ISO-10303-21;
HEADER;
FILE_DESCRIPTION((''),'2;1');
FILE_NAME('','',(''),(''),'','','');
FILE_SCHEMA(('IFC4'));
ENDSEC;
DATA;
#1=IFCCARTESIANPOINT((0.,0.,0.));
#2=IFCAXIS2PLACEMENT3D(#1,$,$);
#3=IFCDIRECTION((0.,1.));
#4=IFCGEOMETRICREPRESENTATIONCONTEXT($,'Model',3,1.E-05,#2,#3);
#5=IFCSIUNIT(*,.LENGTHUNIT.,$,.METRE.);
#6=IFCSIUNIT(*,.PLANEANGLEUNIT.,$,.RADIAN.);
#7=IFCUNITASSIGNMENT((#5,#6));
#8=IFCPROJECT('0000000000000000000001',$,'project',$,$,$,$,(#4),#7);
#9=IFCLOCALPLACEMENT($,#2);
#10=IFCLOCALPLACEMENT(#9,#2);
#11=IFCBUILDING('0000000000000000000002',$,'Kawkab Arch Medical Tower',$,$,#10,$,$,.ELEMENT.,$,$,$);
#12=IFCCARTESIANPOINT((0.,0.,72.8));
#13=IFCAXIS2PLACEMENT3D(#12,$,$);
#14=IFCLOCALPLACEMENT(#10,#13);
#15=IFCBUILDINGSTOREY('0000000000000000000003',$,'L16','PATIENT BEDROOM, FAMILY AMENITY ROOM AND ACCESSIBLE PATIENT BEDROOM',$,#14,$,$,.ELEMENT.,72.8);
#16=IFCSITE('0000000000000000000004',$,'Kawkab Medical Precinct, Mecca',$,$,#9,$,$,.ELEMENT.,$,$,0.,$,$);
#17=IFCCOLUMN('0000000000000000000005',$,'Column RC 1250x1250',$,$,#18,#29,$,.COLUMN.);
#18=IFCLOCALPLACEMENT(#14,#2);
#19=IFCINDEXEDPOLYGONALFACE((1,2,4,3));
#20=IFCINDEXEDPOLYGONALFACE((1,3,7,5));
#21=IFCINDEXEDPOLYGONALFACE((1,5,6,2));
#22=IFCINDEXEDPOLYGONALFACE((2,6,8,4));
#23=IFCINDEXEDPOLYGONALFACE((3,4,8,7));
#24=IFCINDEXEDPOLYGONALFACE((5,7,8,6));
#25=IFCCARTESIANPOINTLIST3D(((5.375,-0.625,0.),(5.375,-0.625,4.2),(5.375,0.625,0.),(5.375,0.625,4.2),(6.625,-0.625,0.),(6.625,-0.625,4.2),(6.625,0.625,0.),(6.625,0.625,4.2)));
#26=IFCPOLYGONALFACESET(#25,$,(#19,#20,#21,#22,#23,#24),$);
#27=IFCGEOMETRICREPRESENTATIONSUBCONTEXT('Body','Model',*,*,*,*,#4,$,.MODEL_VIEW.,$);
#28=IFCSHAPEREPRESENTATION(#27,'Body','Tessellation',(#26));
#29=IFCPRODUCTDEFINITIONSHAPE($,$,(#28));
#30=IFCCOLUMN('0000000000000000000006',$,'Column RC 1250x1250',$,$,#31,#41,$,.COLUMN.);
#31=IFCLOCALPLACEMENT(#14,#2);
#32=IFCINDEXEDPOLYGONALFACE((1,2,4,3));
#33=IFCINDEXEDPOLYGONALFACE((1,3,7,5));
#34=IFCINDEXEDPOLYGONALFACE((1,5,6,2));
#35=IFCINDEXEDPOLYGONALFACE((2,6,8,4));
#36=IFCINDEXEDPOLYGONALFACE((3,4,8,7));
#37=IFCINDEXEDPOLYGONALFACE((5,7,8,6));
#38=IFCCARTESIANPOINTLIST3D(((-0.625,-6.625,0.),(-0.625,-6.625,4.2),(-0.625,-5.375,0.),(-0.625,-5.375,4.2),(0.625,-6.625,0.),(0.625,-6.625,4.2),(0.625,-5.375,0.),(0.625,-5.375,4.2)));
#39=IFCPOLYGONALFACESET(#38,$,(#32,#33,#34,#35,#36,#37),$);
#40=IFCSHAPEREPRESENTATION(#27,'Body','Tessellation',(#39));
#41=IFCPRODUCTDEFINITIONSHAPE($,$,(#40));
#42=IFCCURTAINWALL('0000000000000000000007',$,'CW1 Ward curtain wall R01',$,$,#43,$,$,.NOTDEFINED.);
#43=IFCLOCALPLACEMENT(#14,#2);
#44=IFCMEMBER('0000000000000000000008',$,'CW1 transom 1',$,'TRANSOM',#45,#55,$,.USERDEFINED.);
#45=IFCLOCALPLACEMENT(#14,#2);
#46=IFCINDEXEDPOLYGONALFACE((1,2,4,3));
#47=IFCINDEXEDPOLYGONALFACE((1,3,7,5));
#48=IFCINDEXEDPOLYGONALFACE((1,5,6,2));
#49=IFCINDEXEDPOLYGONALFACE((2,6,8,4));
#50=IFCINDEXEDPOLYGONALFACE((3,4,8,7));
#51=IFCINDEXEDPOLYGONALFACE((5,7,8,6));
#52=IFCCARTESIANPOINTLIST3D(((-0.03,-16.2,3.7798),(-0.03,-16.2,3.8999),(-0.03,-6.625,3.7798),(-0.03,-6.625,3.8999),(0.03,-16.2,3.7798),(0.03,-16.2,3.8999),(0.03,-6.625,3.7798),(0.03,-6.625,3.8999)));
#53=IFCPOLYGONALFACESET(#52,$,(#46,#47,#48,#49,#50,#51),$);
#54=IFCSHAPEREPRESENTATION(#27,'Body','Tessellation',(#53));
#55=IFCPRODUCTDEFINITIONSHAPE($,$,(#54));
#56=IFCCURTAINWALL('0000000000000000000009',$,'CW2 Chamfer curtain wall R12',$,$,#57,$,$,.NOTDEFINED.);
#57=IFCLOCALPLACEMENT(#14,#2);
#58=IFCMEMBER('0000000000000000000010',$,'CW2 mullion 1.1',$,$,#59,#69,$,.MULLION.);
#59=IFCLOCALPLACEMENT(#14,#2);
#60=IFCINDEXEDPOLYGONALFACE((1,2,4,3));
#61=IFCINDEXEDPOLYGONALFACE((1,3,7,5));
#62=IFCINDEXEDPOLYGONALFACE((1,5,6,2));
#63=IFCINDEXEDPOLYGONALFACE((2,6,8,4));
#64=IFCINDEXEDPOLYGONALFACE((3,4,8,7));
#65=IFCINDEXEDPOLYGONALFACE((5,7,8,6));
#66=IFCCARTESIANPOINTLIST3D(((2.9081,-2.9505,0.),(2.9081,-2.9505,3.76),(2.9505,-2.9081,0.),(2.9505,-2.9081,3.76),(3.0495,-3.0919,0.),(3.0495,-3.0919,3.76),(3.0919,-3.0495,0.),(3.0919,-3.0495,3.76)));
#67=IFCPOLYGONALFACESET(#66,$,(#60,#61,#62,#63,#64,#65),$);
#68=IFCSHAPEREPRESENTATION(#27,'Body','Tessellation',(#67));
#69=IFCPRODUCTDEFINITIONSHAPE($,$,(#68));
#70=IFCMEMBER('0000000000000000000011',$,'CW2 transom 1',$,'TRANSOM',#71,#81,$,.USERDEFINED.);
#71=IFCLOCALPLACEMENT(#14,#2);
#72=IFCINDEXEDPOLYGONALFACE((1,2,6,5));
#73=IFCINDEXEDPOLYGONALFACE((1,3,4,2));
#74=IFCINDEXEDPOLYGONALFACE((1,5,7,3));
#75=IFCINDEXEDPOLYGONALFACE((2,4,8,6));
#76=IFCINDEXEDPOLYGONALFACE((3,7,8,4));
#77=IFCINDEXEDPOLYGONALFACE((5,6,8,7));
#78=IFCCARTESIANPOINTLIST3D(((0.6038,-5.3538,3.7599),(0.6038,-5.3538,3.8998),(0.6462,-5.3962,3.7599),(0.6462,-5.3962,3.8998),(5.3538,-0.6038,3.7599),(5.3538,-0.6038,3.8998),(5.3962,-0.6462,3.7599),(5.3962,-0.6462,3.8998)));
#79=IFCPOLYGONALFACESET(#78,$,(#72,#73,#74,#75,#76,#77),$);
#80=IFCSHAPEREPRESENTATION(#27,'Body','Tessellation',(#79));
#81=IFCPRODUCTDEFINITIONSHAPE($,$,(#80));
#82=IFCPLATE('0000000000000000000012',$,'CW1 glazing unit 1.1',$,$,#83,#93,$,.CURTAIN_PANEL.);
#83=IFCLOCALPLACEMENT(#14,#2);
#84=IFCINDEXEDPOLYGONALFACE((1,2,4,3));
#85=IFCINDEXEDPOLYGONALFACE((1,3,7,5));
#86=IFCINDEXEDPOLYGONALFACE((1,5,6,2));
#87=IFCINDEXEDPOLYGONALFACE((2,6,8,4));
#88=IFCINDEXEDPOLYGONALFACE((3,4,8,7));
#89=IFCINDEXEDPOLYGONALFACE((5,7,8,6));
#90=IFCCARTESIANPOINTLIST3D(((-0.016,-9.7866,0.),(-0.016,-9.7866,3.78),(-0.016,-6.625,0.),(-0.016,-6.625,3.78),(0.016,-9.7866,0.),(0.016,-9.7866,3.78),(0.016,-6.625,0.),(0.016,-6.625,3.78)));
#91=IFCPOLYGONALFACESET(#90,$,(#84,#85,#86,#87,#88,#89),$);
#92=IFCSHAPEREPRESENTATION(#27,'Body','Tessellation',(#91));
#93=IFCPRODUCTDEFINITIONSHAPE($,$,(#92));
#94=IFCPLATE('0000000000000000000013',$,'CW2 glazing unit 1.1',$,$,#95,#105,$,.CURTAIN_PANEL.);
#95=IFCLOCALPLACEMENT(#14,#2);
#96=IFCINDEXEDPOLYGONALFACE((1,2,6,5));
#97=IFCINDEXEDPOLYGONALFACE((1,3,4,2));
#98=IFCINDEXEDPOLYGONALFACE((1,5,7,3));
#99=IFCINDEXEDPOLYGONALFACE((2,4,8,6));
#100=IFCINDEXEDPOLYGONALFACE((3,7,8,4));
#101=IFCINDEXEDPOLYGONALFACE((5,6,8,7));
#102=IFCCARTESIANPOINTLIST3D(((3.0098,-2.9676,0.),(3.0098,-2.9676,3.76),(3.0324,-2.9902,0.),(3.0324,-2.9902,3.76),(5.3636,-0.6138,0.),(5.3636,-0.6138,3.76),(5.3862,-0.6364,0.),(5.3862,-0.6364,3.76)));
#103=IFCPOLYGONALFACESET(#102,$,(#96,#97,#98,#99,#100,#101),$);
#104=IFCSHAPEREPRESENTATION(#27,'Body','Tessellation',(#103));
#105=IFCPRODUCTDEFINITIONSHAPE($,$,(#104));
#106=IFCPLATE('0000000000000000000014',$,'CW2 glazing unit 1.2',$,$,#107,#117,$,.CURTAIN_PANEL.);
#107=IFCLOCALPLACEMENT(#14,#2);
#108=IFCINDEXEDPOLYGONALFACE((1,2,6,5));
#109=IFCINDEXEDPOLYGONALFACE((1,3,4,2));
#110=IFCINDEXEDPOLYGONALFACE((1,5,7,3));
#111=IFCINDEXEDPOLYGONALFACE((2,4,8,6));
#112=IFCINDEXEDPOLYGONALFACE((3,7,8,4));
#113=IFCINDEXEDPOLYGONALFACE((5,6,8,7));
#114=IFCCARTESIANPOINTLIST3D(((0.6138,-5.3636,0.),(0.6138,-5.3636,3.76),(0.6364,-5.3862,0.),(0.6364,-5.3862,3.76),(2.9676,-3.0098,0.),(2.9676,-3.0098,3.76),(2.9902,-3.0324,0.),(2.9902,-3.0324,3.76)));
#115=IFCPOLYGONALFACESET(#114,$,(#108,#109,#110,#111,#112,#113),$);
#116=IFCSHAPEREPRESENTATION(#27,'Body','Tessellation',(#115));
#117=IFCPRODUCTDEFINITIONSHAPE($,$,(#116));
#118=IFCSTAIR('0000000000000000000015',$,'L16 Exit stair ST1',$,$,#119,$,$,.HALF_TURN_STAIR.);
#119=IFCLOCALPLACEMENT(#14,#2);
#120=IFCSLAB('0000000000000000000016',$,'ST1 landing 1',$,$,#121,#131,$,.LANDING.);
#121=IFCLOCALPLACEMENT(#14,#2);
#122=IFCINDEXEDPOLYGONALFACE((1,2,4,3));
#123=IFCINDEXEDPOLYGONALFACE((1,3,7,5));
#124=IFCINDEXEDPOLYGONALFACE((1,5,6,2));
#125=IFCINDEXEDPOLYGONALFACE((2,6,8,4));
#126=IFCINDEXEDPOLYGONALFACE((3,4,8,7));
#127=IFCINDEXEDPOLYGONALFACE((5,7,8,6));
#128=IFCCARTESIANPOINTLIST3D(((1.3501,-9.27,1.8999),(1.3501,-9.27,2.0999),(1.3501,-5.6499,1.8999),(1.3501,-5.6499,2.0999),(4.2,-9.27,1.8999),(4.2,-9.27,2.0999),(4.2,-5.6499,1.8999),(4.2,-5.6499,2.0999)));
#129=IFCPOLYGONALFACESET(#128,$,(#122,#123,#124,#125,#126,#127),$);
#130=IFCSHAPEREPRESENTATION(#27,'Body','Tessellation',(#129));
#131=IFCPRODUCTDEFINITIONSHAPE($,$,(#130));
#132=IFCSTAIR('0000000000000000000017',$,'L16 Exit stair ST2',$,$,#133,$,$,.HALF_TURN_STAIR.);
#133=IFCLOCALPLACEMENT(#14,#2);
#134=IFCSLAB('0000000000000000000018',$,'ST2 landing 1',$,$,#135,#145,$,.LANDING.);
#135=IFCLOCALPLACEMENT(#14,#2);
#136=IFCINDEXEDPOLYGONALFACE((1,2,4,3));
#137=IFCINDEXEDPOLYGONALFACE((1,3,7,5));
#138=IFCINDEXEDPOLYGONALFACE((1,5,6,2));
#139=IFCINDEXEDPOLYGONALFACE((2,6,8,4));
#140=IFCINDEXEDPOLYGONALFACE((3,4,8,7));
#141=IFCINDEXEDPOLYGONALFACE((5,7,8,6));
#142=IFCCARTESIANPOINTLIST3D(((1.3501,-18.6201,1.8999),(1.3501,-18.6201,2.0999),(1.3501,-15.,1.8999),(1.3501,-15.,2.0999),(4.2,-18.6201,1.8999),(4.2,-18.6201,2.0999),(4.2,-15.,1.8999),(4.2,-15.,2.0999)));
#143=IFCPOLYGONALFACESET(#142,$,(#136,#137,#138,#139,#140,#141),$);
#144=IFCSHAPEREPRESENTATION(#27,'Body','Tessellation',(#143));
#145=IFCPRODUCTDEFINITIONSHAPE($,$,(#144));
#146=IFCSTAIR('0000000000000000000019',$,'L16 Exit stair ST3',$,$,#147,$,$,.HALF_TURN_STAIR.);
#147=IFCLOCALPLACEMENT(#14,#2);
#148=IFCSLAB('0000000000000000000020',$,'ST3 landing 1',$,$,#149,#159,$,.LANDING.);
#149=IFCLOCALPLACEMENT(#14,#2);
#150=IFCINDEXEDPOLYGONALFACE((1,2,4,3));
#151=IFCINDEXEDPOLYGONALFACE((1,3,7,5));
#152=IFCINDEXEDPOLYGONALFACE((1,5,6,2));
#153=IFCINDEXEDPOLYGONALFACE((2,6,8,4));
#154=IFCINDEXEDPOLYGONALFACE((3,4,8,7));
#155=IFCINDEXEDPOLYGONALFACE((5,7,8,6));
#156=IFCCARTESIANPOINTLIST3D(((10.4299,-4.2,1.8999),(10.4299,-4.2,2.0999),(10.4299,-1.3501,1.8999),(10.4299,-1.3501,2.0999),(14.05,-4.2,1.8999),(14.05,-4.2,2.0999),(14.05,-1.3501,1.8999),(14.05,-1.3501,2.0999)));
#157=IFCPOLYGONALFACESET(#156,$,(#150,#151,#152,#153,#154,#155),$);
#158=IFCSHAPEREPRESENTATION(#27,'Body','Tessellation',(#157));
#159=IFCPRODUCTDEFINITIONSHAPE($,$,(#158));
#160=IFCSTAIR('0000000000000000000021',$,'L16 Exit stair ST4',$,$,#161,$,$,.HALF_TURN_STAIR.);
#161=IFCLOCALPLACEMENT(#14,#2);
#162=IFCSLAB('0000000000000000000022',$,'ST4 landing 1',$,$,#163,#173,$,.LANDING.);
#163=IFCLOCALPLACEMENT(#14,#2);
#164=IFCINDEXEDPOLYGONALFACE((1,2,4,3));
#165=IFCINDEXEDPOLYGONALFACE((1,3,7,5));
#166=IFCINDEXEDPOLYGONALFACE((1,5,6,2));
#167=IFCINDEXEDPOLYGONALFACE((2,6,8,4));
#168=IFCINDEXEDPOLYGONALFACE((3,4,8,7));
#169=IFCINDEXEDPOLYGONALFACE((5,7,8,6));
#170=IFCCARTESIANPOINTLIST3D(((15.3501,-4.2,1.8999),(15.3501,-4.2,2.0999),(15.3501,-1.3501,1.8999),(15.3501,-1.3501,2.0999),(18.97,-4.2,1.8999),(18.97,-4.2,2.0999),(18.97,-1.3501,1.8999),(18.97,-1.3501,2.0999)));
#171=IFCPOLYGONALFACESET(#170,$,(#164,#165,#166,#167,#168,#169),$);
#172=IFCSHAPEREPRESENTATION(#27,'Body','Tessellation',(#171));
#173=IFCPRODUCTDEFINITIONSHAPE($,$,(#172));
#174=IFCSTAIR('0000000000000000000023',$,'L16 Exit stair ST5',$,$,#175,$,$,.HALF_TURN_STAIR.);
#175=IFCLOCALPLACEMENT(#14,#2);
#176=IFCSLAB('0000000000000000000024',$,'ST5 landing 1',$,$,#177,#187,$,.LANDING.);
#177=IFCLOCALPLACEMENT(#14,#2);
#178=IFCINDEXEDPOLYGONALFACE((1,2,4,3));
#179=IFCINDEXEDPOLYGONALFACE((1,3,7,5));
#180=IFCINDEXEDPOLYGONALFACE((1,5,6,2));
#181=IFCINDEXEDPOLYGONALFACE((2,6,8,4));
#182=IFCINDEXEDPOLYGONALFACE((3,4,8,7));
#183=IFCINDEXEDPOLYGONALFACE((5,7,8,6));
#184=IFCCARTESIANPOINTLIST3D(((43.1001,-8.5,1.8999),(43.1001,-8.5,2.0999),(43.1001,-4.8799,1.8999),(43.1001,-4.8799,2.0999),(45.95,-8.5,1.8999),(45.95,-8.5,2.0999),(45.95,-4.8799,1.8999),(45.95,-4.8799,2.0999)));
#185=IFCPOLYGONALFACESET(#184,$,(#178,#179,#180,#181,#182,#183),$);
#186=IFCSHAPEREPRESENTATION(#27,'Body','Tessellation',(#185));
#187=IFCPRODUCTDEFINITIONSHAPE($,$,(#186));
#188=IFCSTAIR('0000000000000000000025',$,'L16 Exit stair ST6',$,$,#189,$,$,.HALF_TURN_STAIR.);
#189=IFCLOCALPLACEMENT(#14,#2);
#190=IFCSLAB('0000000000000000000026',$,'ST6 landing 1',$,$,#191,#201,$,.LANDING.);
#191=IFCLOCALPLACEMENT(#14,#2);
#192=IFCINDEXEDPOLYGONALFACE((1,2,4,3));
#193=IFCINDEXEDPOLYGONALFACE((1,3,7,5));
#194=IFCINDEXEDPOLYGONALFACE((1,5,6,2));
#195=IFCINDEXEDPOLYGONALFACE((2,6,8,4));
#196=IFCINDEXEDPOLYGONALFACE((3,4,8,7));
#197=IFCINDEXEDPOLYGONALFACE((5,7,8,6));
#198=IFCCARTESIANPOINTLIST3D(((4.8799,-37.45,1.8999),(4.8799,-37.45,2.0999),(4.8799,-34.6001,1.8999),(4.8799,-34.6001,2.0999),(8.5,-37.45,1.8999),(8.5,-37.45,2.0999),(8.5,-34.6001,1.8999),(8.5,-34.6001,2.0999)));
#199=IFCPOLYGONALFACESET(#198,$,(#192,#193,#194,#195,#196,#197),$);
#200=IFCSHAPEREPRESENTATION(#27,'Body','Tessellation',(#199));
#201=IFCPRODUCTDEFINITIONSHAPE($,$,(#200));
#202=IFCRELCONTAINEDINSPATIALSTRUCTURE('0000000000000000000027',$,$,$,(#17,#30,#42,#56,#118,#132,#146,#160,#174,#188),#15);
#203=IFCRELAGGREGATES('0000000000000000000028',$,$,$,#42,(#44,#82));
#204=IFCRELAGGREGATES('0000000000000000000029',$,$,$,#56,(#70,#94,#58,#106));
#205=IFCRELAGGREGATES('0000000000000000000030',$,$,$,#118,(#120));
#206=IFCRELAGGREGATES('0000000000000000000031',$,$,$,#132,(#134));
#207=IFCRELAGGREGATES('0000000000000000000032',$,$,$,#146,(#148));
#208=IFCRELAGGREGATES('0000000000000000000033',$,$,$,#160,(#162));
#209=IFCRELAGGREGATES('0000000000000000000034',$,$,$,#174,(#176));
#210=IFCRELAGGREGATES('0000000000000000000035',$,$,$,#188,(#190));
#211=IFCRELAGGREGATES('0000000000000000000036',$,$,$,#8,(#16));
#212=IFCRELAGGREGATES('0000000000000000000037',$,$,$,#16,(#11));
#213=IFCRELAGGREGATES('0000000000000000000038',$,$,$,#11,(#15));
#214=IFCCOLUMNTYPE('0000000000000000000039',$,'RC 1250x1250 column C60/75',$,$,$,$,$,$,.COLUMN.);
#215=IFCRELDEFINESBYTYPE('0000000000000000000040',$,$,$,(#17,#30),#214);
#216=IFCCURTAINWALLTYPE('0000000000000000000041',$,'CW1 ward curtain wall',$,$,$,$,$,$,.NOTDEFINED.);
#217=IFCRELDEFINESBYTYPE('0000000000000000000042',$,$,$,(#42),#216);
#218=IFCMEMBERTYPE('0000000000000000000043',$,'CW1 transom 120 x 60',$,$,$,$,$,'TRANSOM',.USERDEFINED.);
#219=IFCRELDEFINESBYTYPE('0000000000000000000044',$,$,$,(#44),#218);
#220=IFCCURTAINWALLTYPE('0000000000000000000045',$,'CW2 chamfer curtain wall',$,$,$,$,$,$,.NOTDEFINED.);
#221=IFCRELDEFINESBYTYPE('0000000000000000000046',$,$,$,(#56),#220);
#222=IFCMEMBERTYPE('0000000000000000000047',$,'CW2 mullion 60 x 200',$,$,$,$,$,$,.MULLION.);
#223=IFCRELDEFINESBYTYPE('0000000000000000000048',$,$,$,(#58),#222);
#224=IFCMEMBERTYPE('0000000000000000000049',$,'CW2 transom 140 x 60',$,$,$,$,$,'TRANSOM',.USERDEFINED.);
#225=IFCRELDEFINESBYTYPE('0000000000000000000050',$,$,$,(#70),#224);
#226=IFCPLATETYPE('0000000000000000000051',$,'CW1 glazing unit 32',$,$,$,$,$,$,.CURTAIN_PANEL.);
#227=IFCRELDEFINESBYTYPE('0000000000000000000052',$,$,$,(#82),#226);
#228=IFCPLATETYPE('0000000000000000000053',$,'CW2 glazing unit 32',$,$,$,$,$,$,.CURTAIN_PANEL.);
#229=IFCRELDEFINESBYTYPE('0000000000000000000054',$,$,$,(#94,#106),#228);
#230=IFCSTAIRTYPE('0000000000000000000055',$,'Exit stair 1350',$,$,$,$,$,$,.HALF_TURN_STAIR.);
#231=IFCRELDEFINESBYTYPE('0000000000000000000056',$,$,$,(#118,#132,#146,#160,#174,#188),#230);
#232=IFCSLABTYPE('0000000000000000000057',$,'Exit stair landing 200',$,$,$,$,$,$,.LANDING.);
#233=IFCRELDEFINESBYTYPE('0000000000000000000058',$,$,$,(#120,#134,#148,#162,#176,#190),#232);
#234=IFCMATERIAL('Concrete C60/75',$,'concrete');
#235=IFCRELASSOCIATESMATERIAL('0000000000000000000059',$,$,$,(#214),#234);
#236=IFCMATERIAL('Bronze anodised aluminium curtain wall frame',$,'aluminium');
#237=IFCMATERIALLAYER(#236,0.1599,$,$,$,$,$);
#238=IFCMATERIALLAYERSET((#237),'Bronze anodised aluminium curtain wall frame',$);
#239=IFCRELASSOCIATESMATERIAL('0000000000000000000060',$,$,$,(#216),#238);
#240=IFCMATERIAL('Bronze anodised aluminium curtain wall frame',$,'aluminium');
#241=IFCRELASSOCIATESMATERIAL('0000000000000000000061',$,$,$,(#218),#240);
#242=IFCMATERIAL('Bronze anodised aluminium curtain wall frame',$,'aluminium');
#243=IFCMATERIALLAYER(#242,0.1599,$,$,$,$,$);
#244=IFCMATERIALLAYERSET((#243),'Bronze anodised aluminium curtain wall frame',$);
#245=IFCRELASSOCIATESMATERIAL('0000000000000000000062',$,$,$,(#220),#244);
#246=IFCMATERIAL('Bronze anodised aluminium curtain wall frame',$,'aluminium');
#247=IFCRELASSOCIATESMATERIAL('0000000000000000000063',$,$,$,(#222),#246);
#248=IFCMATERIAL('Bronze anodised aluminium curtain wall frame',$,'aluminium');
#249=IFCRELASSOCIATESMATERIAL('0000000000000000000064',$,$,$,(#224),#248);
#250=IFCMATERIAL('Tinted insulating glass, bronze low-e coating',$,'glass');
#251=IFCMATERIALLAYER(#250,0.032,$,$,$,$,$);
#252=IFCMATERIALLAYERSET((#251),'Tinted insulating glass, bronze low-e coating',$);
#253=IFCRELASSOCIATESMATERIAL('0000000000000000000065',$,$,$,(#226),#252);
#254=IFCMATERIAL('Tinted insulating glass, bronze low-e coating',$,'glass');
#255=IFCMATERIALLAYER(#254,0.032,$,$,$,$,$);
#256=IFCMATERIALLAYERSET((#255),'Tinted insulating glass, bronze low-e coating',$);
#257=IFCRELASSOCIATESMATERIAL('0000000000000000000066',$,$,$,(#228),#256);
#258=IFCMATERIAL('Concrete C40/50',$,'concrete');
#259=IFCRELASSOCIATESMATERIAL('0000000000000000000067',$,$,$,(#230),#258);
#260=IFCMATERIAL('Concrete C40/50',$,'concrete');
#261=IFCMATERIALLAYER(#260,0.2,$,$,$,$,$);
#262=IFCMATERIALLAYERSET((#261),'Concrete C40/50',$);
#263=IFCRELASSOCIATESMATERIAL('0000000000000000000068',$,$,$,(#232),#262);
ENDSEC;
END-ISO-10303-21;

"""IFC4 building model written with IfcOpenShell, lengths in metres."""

from ifc_helpers import new_model, si_unit, direction, frame, origin, origin_2d, place, context, subcontext, project, spatial, polyline, rectangle, outline, extrude, material, layer, layer_set, material_profile, profile_set, type_object, element, aggregate, save


model = new_model("IFC4")

# Units and contexts
model_context = context("Model", 3, precision=1e-05, world=origin(), true_north=direction((0.0, 1.0)))
body_context = subcontext(model_context, "Body", "Model", "MODEL_VIEW")
ifc_project = project(units=[si_unit("LENGTHUNIT", "METRE"), si_unit("PLANEANGLEUNIT", "RADIAN")], contexts=[model_context])

# Site, building, storey
site_placement = place(None, origin())
site = spatial("IfcSite", under=ifc_project, at=site_placement, Name="Kawkab Medical Precinct, Mecca", CompositionType="ELEMENT", RefElevation=0.0)
building_placement = place(site_placement, origin())
building = spatial("IfcBuilding", under=site, at=building_placement, Name="Kawkab Arch Medical Tower", CompositionType="ELEMENT")
storey_placement = place(building_placement, frame((0.0, 0.0, 72.8)))
storey = spatial("IfcBuildingStorey", under=building, at=storey_placement, Name="L16", Description="PATIENT BEDROOM, FAMILY AMENITY ROOM AND ACCESSIBLE PATIENT BEDROOM", CompositionType="ELEMENT", Elevation=72.8)

# Columns
ifc_material_1 = material(Name="Concrete C60/75", Category="concrete")
ifc_material_profile_1 = material_profile(ifc_material_1, rectangle(XDim=1.25, YDim=1.25, at=origin_2d()), Name="RC 1250x1250")
ifc_profile_set_1 = profile_set([ifc_material_profile_1], Name="Concrete C60/75")
column_type = type_object("IfcColumnType", Name="RC 1250x1250 column C60/75", PredefinedType="COLUMN", material=ifc_profile_set_1)
for number, where, z_axis, x_axis, name in (
    (1, (6.0, 0.0, 0.0), (0.0, 0.0, 1.0), (1.0, 0.0, 0.0), "Column RC 1250x1250"),
    (2, (0.0, -6.0, 0.0), (0.0, 0.0, 1.0), (1.0, 0.0, 0.0), "Column RC 1250x1250"),
):
    element("IfcColumn", number, at=place(storey_placement, frame(where, z_axis=z_axis, x_axis=x_axis)), inside=storey, type_object=column_type, Name=name, PredefinedType="COLUMN", context=body_context, shape_type="SweptSolid", body=[
        extrude(rectangle(XDim=1.25, YDim=1.25, at=origin_2d()), origin(), (0.0, 0.0, 1.0), 4.2),
    ])

# Curtain wall, member
ifc_material_2 = material(Name="Bronze anodised aluminium curtain wall frame", Category="aluminium")
ifc_layer_1 = layer(ifc_material_2, 0.1599)
ifc_layer_set_1 = layer_set([ifc_layer_1], Name="Bronze anodised aluminium curtain wall frame")
curtain_wall_type_1 = type_object("IfcCurtainWallType", Name="CW1 ward curtain wall", PredefinedType="NOTDEFINED", material=ifc_layer_set_1)
placement_1 = place(storey_placement, origin())
curtain_wall_1 = element("IfcCurtainWall", 3, at=placement_1, inside=storey, type_object=curtain_wall_type_1, Name="CW1 Ward curtain wall R01", PredefinedType="NOTDEFINED")
ifc_material_3 = material(Name="Bronze anodised aluminium curtain wall frame", Category="aluminium")
ifc_material_profile_2 = material_profile(ifc_material_3, rectangle(XDim=0.0601, YDim=0.1201, at=origin_2d()), Name="AL 60x120")
ifc_profile_set_2 = profile_set([ifc_material_profile_2], Name="Bronze anodised aluminium curtain wall frame")
member_type_1 = type_object("IfcMemberType", Name="CW1 transom 120 x 60", ElementType="TRANSOM", PredefinedType="USERDEFINED", material=ifc_profile_set_2)
member_1_placement = place(storey_placement, frame((0.0, -6.625, 3.8398), z_axis=(0.0, -1.0, 0.0), x_axis=(1.0, 0.0, 0.0)))
member_1 = element("IfcMember", 4, at=member_1_placement, type_object=member_type_1, Name="CW1 transom 1", ObjectType="TRANSOM", PredefinedType="USERDEFINED", context=body_context, shape_type="SweptSolid", body=[
    extrude(rectangle(XDim=0.0601, YDim=0.1201, at=origin_2d()), origin(), (0.0, 0.0, 1.0), 9.575),
])

# Curtain wall, members
ifc_material_4 = material(Name="Bronze anodised aluminium curtain wall frame", Category="aluminium")
ifc_layer_2 = layer(ifc_material_4, 0.1599)
ifc_layer_set_2 = layer_set([ifc_layer_2], Name="Bronze anodised aluminium curtain wall frame")
curtain_wall_type_2 = type_object("IfcCurtainWallType", Name="CW2 chamfer curtain wall", PredefinedType="NOTDEFINED", material=ifc_layer_set_2)
curtain_wall_2 = element("IfcCurtainWall", 5, at=placement_1, inside=storey, type_object=curtain_wall_type_2, Name="CW2 Chamfer curtain wall R12", PredefinedType="NOTDEFINED")
ifc_material_5 = material(Name="Bronze anodised aluminium curtain wall frame", Category="aluminium")
ifc_material_profile_3 = material_profile(ifc_material_5, rectangle(XDim=0.2, YDim=0.0601, at=origin_2d()), Name="AL 60x200")
ifc_profile_set_3 = profile_set([ifc_material_profile_3], Name="Bronze anodised aluminium curtain wall frame")
member_type_2 = type_object("IfcMemberType", Name="CW2 mullion 60 x 200", PredefinedType="MULLION", material=ifc_profile_set_3)
member_2_placement = place(storey_placement, frame((3.0, -3.0, 0.0), z_axis=(0.0, 0.0, 1.0), x_axis=(0.707107, -0.707107, 0.0)))
member_2 = element("IfcMember", 6, at=member_2_placement, type_object=member_type_2, Name="CW2 mullion 1.1", PredefinedType="MULLION", context=body_context, shape_type="SweptSolid", body=[
    extrude(rectangle(XDim=0.2, YDim=0.0601, at=origin_2d()), origin(), (0.0, 0.0, 1.0), 3.76),
])
ifc_material_6 = material(Name="Bronze anodised aluminium curtain wall frame", Category="aluminium")
ifc_material_profile_4 = material_profile(ifc_material_6, rectangle(XDim=0.0601, YDim=0.1399, at=origin_2d()), Name="AL 60x140")
ifc_profile_set_4 = profile_set([ifc_material_profile_4], Name="Bronze anodised aluminium curtain wall frame")
member_type_3 = type_object("IfcMemberType", Name="CW2 transom 140 x 60", ElementType="TRANSOM", PredefinedType="USERDEFINED", material=ifc_profile_set_4)
member_3_placement = place(storey_placement, frame((5.375, -0.625, 3.8298), z_axis=(-0.707107, -0.707107, 0.0), x_axis=(0.707107, -0.707107, 0.0)))
member_3 = element("IfcMember", 7, at=member_3_placement, type_object=member_type_3, Name="CW2 transom 1", ObjectType="TRANSOM", PredefinedType="USERDEFINED", context=body_context, shape_type="SweptSolid", body=[
    extrude(rectangle(XDim=0.0601, YDim=0.1399, at=origin_2d()), origin(), (0.0, 0.0, 1.0), 6.7175),
])

# Plates
ifc_material_7 = material(Name="Tinted insulating glass, bronze low-e coating", Category="glass")
ifc_layer_3 = layer(ifc_material_7, 0.032)
ifc_layer_set_3 = layer_set([ifc_layer_3], Name="Tinted insulating glass, bronze low-e coating")
plate_type_1 = type_object("IfcPlateType", Name="CW1 glazing unit 32", PredefinedType="CURTAIN_PANEL", material=ifc_layer_set_3)
plate_1_placement = place(storey_placement, frame((0.0, -8.2058, 0.0), z_axis=(0.0, 0.0, 1.0), x_axis=(0.0, -1.0, 0.0)))
plate_1 = element("IfcPlate", 8, at=plate_1_placement, type_object=plate_type_1, Name="CW1 glazing unit 1.1", PredefinedType="CURTAIN_PANEL", context=body_context, shape_type="SweptSolid", body=[
    extrude(rectangle(XDim=3.1616, YDim=0.032, at=origin_2d()), origin(), (0.0, 0.0, 1.0), 3.78),
])
aggregate(curtain_wall_1, [member_1, plate_1])
ifc_material_8 = material(Name="Tinted insulating glass, bronze low-e coating", Category="glass")
ifc_layer_4 = layer(ifc_material_8, 0.032)
ifc_layer_set_4 = layer_set([ifc_layer_4], Name="Tinted insulating glass, bronze low-e coating")
plate_type_2 = type_object("IfcPlateType", Name="CW2 glazing unit 32", PredefinedType="CURTAIN_PANEL", material=ifc_layer_set_4)
plate_2_placement = place(storey_placement, frame((4.198, -1.802, 0.0), z_axis=(0.0, 0.0, 1.0), x_axis=(-0.707107, -0.707107, 0.0)))
plate_2 = element("IfcPlate", 9, at=plate_2_placement, type_object=plate_type_2, Name="CW2 glazing unit 1.1", PredefinedType="CURTAIN_PANEL", context=body_context, shape_type="SweptSolid", body=[
    extrude(rectangle(XDim=3.3289, YDim=0.032, at=origin_2d()), origin(), (0.0, 0.0, 1.0), 3.76),
])
plate_3_placement = place(storey_placement, frame((1.802, -4.198, 0.0), z_axis=(0.0, 0.0, 1.0), x_axis=(-0.707107, -0.707107, 0.0)))
plate_3 = element("IfcPlate", 10, at=plate_3_placement, type_object=plate_type_2, Name="CW2 glazing unit 1.2", PredefinedType="CURTAIN_PANEL", context=body_context, shape_type="SweptSolid", body=[
    extrude(rectangle(XDim=3.3289, YDim=0.032, at=origin_2d()), origin(), (0.0, 0.0, 1.0), 3.76),
])
aggregate(curtain_wall_2, [member_3, plate_2, member_2, plate_3])

# Stairs, slabs
ifc_material_9 = material(Name="Concrete C40/50", Category="concrete")
stair_type = type_object("IfcStairType", Name="Exit stair 1350", PredefinedType="HALF_TURN_STAIR", material=ifc_material_9)
stair_1 = element("IfcStair", 11, at=placement_1, inside=storey, type_object=stair_type, Name="L16 Exit stair ST1", PredefinedType="HALF_TURN_STAIR")
ifc_material_10 = material(Name="Concrete C40/50", Category="concrete")
ifc_layer_5 = layer(ifc_material_10, 0.2)
ifc_layer_set_5 = layer_set([ifc_layer_5], Name="Concrete C40/50")
slab_type_1 = type_object("IfcSlabType", Name="Exit stair landing 200", PredefinedType="LANDING", material=ifc_layer_set_5)
placement_2 = place(storey_placement, frame((0.0, 0.0, 1.8999)))
slab_1 = element("IfcSlab", 12, at=placement_2, type_object=slab_type_1, Name="ST1 landing 1", PredefinedType="LANDING", context=body_context, shape_type="SweptSolid", body=[
    extrude(outline(polyline([(4.2, -9.27), (4.2, -5.6499), (1.3501, -5.6499), (1.3501, -9.27), (4.2, -9.27)])), origin(), (0.0, 0.0, 1.0), 0.2),
])
aggregate(stair_1, [slab_1])
stair_2 = element("IfcStair", 13, at=placement_1, inside=storey, type_object=stair_type, Name="L16 Exit stair ST2", PredefinedType="HALF_TURN_STAIR")
slab_2 = element("IfcSlab", 14, at=placement_2, type_object=slab_type_1, Name="ST2 landing 1", PredefinedType="LANDING", context=body_context, shape_type="SweptSolid", body=[
    extrude(outline(polyline([(4.2, -18.6201), (4.2, -15.0), (1.3501, -15.0), (1.3501, -18.6201), (4.2, -18.6201)])), origin(), (0.0, 0.0, 1.0), 0.2),
])
aggregate(stair_2, [slab_2])
stair_3 = element("IfcStair", 15, at=placement_1, inside=storey, type_object=stair_type, Name="L16 Exit stair ST3", PredefinedType="HALF_TURN_STAIR")
slab_3 = element("IfcSlab", 16, at=placement_2, type_object=slab_type_1, Name="ST3 landing 1", PredefinedType="LANDING", context=body_context, shape_type="SweptSolid", body=[
    extrude(outline(polyline([(10.4299, -4.2), (14.05, -4.2), (14.05, -1.3501), (10.4299, -1.3501), (10.4299, -4.2)])), origin(), (0.0, 0.0, 1.0), 0.2),
])
aggregate(stair_3, [slab_3])
stair_4 = element("IfcStair", 17, at=placement_1, inside=storey, type_object=stair_type, Name="L16 Exit stair ST4", PredefinedType="HALF_TURN_STAIR")
slab_4 = element("IfcSlab", 18, at=placement_2, type_object=slab_type_1, Name="ST4 landing 1", PredefinedType="LANDING", context=body_context, shape_type="SweptSolid", body=[
    extrude(outline(polyline([(18.97, -1.3501), (15.3501, -1.3501), (15.3501, -4.2), (18.97, -4.2), (18.97, -1.3501)])), origin(), (0.0, 0.0, 1.0), 0.2),
])
aggregate(stair_4, [slab_4])
stair_5 = element("IfcStair", 19, at=placement_1, inside=storey, type_object=stair_type, Name="L16 Exit stair ST5", PredefinedType="HALF_TURN_STAIR")
slab_5 = element("IfcSlab", 20, at=placement_2, type_object=slab_type_1, Name="ST5 landing 1", PredefinedType="LANDING", context=body_context, shape_type="SweptSolid", body=[
    extrude(outline(polyline([(43.1001, -4.8799), (43.1001, -8.5), (45.95, -8.5), (45.95, -4.8799), (43.1001, -4.8799)])), origin(), (0.0, 0.0, 1.0), 0.2),
])
aggregate(stair_5, [slab_5])
stair_6 = element("IfcStair", 21, at=placement_1, inside=storey, type_object=stair_type, Name="L16 Exit stair ST6", PredefinedType="HALF_TURN_STAIR")
slab_6 = element("IfcSlab", 22, at=placement_2, type_object=slab_type_1, Name="ST6 landing 1", PredefinedType="LANDING", context=body_context, shape_type="SweptSolid", body=[
    extrude(outline(polyline([(4.8799, -37.45), (8.5, -37.45), (8.5, -34.6001), (4.8799, -34.6001), (4.8799, -37.45)])), origin(), (0.0, 0.0, 1.0), 0.2),
])
aggregate(stair_6, [slab_6])

save(model, "model.ifc")
